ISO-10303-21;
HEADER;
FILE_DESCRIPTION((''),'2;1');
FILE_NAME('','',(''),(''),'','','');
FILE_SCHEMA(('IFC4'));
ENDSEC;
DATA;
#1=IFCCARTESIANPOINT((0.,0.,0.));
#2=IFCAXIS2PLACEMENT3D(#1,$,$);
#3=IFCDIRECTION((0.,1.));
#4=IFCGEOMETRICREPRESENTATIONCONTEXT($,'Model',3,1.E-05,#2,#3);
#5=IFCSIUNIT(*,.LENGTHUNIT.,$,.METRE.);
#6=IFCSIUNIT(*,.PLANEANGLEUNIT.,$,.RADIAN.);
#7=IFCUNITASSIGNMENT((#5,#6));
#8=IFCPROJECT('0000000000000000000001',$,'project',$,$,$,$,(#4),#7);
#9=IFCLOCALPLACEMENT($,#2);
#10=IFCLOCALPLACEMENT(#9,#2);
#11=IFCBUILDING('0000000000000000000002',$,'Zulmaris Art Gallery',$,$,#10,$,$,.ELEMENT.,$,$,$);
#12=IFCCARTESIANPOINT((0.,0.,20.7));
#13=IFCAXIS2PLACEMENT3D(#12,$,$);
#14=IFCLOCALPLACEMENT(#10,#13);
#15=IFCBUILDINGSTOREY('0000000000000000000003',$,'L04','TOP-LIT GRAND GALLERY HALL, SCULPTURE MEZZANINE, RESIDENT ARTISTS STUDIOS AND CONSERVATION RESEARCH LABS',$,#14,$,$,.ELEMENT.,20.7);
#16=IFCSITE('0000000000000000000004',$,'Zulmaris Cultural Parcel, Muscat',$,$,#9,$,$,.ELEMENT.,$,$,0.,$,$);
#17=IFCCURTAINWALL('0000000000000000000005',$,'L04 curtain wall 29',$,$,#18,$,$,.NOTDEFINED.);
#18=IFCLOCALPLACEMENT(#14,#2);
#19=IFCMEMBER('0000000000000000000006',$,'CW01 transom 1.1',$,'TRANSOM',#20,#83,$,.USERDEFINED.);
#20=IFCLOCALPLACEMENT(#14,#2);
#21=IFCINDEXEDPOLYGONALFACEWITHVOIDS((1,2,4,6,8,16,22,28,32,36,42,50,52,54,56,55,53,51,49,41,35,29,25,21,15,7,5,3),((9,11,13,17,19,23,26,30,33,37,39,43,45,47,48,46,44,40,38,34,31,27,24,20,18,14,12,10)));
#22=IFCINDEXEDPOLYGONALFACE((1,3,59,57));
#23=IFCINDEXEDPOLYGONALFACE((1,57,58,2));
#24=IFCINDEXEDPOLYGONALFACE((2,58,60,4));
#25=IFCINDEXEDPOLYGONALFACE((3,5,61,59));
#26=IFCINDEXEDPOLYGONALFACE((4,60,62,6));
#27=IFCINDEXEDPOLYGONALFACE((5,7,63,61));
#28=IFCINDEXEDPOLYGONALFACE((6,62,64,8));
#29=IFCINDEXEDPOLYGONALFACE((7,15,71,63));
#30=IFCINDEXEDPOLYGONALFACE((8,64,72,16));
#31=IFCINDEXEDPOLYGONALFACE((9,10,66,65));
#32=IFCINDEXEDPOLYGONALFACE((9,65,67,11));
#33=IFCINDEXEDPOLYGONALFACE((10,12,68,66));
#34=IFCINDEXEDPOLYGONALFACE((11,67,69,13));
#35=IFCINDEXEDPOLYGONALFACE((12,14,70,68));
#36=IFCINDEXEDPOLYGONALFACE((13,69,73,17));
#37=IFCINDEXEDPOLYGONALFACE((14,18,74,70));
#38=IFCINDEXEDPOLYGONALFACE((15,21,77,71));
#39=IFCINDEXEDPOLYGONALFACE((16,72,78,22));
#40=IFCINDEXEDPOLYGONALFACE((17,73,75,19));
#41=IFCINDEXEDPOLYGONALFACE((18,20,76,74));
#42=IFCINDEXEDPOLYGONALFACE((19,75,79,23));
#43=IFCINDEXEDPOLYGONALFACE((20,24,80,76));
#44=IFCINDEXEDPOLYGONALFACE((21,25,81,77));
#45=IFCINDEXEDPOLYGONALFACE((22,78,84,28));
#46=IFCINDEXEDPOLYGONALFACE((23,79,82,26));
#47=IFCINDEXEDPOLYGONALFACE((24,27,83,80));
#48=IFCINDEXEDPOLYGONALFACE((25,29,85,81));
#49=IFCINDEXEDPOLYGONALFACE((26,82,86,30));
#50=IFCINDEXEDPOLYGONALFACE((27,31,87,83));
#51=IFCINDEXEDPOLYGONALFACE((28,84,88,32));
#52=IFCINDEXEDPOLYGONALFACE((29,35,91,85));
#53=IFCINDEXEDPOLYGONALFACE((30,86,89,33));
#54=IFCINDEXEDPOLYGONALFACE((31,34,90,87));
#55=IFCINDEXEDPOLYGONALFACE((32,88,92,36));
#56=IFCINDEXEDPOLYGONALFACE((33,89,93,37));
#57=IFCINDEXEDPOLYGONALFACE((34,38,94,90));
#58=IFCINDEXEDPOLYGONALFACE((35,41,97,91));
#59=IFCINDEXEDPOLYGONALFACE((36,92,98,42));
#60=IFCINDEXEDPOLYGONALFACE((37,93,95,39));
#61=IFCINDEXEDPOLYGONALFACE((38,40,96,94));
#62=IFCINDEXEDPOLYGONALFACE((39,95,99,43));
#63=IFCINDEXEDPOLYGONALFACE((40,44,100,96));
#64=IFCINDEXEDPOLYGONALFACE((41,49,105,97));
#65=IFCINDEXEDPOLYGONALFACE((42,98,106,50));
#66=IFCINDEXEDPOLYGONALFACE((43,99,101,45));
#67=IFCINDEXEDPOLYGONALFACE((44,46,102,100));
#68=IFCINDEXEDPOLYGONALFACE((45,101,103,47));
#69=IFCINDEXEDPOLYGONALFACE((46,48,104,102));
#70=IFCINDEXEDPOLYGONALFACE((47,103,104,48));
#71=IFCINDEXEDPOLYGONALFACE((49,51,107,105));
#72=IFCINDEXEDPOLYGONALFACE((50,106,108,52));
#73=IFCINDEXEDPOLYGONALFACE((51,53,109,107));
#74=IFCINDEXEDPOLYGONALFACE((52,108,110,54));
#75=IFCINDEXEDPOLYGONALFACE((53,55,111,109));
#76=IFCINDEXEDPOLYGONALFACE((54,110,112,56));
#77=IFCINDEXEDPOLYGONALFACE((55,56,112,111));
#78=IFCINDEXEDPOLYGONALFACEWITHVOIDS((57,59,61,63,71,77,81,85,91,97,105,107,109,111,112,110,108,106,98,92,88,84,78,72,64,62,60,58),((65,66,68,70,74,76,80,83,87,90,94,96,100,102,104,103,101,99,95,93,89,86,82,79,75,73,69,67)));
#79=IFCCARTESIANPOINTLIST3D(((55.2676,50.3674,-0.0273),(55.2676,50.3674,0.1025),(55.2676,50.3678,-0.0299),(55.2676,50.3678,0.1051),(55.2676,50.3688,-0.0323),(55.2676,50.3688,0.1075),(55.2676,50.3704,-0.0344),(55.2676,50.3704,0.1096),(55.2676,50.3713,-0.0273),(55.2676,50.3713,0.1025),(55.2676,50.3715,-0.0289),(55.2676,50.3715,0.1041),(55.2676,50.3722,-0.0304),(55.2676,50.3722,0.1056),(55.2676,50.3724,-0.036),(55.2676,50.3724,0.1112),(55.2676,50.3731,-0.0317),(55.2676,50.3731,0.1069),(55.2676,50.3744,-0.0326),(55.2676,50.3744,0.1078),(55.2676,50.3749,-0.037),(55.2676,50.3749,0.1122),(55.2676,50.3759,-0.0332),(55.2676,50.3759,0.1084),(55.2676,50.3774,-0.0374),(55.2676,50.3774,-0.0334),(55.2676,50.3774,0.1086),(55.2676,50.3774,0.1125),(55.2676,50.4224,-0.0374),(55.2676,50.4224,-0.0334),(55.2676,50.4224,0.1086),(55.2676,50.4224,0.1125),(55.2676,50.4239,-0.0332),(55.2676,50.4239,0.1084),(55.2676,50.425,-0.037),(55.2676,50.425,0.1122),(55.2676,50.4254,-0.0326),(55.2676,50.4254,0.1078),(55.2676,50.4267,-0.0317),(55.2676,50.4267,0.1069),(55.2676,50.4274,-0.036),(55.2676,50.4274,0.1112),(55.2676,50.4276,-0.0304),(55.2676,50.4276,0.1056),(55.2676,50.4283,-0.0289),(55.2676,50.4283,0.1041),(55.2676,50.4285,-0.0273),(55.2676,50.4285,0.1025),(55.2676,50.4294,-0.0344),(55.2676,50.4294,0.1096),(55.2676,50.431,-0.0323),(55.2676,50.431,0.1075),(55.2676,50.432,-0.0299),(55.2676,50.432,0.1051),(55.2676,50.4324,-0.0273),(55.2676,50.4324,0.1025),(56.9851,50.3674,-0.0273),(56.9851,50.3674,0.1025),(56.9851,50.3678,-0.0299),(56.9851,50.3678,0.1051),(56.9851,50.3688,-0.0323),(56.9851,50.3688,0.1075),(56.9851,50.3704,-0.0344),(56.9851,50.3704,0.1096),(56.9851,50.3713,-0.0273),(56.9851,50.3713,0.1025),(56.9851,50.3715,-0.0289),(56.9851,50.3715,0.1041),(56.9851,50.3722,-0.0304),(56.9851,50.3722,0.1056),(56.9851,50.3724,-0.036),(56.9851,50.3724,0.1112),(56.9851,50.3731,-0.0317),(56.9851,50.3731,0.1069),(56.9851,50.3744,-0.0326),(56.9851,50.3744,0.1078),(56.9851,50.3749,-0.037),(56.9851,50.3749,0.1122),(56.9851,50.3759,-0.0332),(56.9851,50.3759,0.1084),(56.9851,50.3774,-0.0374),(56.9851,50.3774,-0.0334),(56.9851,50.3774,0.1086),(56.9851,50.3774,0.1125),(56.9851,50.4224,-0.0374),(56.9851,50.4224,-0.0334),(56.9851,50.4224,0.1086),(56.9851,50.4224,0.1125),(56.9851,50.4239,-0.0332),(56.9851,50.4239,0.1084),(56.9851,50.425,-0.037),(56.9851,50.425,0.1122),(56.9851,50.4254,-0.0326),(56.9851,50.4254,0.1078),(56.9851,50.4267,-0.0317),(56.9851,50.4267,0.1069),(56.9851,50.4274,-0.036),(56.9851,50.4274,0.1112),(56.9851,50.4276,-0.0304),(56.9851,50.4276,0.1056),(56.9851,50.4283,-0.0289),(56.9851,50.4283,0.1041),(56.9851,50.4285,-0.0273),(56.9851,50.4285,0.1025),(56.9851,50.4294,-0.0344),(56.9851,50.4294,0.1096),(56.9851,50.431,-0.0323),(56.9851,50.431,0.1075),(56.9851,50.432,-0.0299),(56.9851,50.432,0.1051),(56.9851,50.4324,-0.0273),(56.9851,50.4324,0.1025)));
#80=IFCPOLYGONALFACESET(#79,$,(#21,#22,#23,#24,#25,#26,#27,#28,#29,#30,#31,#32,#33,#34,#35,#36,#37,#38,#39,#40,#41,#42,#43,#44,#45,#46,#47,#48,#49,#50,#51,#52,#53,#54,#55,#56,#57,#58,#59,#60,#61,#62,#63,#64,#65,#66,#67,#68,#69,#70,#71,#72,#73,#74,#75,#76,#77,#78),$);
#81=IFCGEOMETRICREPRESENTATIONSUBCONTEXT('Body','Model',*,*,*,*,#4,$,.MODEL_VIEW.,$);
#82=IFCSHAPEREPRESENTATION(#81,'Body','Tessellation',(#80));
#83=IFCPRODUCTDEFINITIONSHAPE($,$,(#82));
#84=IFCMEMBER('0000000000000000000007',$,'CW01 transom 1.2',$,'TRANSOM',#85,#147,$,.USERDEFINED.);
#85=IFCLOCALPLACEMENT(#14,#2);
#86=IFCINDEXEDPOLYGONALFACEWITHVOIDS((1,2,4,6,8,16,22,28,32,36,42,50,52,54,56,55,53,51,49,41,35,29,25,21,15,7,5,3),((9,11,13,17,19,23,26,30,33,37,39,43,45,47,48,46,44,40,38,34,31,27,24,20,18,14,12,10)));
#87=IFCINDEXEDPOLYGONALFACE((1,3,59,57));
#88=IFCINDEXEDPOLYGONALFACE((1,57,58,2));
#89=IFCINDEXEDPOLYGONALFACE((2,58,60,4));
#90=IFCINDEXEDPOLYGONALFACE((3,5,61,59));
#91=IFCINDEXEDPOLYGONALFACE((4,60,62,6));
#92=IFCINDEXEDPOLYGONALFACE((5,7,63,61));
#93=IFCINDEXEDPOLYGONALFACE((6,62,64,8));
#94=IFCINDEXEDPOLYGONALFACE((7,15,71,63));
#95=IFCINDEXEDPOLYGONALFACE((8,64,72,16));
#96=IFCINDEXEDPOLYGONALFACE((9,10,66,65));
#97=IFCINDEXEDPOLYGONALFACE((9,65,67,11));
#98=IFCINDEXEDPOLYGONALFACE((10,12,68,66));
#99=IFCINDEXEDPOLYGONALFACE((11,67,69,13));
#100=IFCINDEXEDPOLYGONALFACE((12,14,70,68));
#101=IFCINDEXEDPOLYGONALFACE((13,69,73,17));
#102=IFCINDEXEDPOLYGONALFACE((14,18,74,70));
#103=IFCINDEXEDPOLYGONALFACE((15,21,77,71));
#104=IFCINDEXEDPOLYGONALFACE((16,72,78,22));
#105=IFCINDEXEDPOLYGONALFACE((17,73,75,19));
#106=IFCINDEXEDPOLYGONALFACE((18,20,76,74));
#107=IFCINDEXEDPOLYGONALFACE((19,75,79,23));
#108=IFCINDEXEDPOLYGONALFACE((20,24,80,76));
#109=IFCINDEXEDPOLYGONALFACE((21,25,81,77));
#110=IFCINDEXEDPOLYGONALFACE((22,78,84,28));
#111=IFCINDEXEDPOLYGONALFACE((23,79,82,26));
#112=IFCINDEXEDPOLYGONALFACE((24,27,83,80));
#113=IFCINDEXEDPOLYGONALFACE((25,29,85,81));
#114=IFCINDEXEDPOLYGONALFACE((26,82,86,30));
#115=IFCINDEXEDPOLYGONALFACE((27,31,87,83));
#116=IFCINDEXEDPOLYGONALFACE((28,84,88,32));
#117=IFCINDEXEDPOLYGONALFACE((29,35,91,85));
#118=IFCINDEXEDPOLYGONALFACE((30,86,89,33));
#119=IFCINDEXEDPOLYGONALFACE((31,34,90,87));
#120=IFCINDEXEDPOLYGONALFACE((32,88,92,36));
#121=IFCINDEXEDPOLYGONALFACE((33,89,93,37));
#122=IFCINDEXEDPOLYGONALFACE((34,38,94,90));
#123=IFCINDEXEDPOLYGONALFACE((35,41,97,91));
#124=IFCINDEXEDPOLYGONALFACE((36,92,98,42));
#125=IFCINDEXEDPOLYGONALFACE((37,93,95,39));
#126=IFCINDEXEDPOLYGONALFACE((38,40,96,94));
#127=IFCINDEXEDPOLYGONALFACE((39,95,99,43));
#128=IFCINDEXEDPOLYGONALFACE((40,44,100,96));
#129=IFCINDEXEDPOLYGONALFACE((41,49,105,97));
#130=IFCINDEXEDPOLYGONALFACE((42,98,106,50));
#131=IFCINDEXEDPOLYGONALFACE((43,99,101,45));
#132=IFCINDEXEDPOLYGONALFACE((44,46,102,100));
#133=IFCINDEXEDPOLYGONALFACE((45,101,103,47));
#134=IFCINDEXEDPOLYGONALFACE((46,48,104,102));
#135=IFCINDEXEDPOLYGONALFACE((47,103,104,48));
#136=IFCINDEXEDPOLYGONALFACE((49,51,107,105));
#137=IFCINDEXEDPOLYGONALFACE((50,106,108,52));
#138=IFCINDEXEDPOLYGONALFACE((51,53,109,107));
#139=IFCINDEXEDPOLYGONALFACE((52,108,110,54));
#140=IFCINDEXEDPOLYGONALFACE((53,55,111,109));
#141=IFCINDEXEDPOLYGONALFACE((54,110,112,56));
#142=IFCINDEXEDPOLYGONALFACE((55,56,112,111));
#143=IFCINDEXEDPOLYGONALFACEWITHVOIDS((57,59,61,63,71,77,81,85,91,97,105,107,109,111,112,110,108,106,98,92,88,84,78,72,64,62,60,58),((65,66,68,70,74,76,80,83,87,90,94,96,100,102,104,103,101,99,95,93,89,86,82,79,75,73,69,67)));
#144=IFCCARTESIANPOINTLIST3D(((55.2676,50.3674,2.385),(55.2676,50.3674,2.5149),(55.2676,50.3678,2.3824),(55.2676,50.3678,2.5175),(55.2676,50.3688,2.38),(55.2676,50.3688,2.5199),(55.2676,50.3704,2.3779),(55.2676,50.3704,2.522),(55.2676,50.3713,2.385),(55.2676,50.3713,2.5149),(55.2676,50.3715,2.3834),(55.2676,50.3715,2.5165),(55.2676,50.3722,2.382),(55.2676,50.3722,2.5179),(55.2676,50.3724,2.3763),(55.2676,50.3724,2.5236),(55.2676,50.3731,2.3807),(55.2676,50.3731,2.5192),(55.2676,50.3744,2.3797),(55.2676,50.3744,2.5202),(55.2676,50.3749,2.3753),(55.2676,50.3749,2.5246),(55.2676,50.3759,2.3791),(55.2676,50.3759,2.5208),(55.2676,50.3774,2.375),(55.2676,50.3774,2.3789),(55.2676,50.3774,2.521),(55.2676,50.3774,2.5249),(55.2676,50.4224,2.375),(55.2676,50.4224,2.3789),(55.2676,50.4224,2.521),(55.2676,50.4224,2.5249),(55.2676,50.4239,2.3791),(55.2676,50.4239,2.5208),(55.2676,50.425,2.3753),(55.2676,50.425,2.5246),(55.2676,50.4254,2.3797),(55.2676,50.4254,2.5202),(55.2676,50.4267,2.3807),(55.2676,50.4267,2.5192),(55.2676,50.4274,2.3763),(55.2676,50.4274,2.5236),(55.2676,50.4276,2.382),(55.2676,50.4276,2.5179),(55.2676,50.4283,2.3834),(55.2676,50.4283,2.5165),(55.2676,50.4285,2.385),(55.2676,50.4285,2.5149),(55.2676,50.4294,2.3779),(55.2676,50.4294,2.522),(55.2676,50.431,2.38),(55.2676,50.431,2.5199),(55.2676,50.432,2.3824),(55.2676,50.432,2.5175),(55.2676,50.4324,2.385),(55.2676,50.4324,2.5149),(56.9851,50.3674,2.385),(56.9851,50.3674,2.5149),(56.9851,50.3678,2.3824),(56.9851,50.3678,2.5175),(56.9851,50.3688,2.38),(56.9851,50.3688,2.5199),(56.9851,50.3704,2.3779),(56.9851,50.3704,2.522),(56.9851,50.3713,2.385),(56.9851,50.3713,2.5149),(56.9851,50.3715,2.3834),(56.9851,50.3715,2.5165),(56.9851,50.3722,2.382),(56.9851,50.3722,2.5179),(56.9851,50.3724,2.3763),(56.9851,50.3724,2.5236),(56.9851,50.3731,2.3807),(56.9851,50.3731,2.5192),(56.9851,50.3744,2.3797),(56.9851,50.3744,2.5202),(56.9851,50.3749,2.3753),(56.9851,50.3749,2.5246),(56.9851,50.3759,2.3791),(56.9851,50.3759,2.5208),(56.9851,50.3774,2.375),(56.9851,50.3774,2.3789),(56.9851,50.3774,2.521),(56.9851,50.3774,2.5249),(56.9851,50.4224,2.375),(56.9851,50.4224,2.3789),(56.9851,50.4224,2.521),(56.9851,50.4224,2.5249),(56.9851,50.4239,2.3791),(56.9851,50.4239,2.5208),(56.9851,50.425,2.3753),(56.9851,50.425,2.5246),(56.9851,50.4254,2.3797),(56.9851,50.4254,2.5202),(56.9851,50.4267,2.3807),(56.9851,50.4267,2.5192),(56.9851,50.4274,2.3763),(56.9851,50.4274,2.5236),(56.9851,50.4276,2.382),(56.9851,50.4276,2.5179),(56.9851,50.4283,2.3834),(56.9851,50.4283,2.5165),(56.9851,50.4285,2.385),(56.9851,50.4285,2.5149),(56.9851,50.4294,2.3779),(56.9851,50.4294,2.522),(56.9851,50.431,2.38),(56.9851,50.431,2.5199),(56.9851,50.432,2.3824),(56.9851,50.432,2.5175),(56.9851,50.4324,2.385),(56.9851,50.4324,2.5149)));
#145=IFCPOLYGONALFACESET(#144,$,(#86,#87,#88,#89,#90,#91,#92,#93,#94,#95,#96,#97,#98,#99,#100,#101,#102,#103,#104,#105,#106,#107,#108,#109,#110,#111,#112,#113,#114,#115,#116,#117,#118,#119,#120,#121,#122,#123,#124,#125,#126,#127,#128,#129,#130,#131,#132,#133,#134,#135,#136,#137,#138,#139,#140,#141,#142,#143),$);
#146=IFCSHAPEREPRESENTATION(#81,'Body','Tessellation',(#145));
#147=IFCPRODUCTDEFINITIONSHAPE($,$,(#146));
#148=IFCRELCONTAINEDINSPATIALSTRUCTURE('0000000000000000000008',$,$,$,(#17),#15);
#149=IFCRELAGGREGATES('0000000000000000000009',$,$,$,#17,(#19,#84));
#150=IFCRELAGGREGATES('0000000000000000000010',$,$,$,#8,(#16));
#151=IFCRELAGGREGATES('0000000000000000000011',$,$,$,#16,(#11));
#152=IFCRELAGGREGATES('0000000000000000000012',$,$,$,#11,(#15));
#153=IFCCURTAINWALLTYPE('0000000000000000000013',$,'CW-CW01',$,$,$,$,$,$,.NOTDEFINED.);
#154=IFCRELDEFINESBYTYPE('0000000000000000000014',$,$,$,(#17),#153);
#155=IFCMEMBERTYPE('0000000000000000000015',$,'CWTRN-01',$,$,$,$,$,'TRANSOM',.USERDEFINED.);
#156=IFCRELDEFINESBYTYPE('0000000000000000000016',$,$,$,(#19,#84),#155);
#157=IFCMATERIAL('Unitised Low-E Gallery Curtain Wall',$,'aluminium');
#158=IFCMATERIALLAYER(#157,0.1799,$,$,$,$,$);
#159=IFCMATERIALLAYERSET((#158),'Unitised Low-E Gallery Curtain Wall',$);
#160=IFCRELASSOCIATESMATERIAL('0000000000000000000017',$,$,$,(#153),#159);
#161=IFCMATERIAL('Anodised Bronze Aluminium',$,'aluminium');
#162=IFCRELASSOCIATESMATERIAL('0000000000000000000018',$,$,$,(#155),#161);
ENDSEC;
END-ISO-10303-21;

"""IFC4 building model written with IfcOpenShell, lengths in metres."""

from ifc_helpers import new_model, si_unit, direction, frame, origin, origin_2d, place, context, subcontext, project, spatial, hollow_rectangle, extrude, material, layer, layer_set, material_profile, profile_set, type_object, element, aggregate, save


model = new_model("IFC4")

# Units and contexts
model_context = context("Model", 3, precision=1e-05, world=origin(), true_north=direction((0.0, 1.0)))
body_context = subcontext(model_context, "Body", "Model", "MODEL_VIEW")
ifc_project = project(units=[si_unit("LENGTHUNIT", "METRE"), si_unit("PLANEANGLEUNIT", "RADIAN")], contexts=[model_context])

# Site, building, storey
site_placement = place(None, origin())
site = spatial("IfcSite", under=ifc_project, at=site_placement, Name="Zulmaris Cultural Parcel, Muscat", CompositionType="ELEMENT", RefElevation=0.0)
building_placement = place(site_placement, origin())
building = spatial("IfcBuilding", under=site, at=building_placement, Name="Zulmaris Art Gallery", CompositionType="ELEMENT")
storey_placement = place(building_placement, frame((0.0, 0.0, 20.7)))
storey = spatial("IfcBuildingStorey", under=building, at=storey_placement, Name="L04", Description="TOP-LIT GRAND GALLERY HALL, SCULPTURE MEZZANINE, RESIDENT ARTISTS STUDIOS AND CONSERVATION RESEARCH LABS", CompositionType="ELEMENT", Elevation=20.7)

# Curtain wall
ifc_material_1 = material(Name="Unitised Low-E Gallery Curtain Wall", Category="aluminium")
ifc_layer_1 = layer(ifc_material_1, 0.1799)
ifc_layer_set_1 = layer_set([ifc_layer_1], Name="Unitised Low-E Gallery Curtain Wall")
curtain_wall_type = type_object("IfcCurtainWallType", Name="CW-CW01", PredefinedType="NOTDEFINED", material=ifc_layer_set_1)
curtain_wall_1_placement = place(storey_placement, origin())
curtain_wall_1 = element("IfcCurtainWall", 1, at=curtain_wall_1_placement, inside=storey, type_object=curtain_wall_type, Name="L04 curtain wall 29", PredefinedType="NOTDEFINED")
ifc_material_2 = material(Name="Anodised Bronze Aluminium", Category="aluminium")

# Members
ifc_material_profile_1 = material_profile(ifc_material_2, hollow_rectangle(XDim=0.0649, YDim=0.1499, WallThickness=0.0039, InnerFilletRadius=0.0061, OuterFilletRadius=0.01, at=origin_2d()), Name="ALU 65x150x4")
ifc_profile_set_1 = profile_set([ifc_material_profile_1], Name="Anodised Bronze Aluminium")
member_type_1 = type_object("IfcMemberType", Name="CWTRN-01", ElementType="TRANSOM", PredefinedType="USERDEFINED", material=ifc_profile_set_1)
member_1_placement = place(storey_placement, frame((56.9851, 50.3999, 0.0376), z_axis=(-1.0, 0.0, 0.0), x_axis=(0.0, -1.0, 0.0)))
member_1 = element("IfcMember", 2, at=member_1_placement, type_object=member_type_1, Name="CW01 transom 1.1", ObjectType="TRANSOM", PredefinedType="USERDEFINED", context=body_context, shape_type="SweptSolid", body=[
    extrude(hollow_rectangle(XDim=0.0649, YDim=0.1499, WallThickness=0.0039, InnerFilletRadius=0.0061, OuterFilletRadius=0.01, at=origin_2d()), origin(), (0.0, 0.0, 1.0), 1.7175),
])
member_2_placement = place(storey_placement, frame((56.9851, 50.3999, 2.45), z_axis=(-1.0, 0.0, 0.0), x_axis=(0.0, -1.0, 0.0)))
member_2 = element("IfcMember", 3, at=member_2_placement, type_object=member_type_1, Name="CW01 transom 1.2", ObjectType="TRANSOM", PredefinedType="USERDEFINED", context=body_context, shape_type="SweptSolid", body=[
    extrude(hollow_rectangle(XDim=0.0649, YDim=0.1499, WallThickness=0.0039, InnerFilletRadius=0.0061, OuterFilletRadius=0.01, at=origin_2d()), origin(), (0.0, 0.0, 1.0), 1.7175),
])

aggregate(curtain_wall_1, [member_1, member_2])

save(model, "model.ifc")
